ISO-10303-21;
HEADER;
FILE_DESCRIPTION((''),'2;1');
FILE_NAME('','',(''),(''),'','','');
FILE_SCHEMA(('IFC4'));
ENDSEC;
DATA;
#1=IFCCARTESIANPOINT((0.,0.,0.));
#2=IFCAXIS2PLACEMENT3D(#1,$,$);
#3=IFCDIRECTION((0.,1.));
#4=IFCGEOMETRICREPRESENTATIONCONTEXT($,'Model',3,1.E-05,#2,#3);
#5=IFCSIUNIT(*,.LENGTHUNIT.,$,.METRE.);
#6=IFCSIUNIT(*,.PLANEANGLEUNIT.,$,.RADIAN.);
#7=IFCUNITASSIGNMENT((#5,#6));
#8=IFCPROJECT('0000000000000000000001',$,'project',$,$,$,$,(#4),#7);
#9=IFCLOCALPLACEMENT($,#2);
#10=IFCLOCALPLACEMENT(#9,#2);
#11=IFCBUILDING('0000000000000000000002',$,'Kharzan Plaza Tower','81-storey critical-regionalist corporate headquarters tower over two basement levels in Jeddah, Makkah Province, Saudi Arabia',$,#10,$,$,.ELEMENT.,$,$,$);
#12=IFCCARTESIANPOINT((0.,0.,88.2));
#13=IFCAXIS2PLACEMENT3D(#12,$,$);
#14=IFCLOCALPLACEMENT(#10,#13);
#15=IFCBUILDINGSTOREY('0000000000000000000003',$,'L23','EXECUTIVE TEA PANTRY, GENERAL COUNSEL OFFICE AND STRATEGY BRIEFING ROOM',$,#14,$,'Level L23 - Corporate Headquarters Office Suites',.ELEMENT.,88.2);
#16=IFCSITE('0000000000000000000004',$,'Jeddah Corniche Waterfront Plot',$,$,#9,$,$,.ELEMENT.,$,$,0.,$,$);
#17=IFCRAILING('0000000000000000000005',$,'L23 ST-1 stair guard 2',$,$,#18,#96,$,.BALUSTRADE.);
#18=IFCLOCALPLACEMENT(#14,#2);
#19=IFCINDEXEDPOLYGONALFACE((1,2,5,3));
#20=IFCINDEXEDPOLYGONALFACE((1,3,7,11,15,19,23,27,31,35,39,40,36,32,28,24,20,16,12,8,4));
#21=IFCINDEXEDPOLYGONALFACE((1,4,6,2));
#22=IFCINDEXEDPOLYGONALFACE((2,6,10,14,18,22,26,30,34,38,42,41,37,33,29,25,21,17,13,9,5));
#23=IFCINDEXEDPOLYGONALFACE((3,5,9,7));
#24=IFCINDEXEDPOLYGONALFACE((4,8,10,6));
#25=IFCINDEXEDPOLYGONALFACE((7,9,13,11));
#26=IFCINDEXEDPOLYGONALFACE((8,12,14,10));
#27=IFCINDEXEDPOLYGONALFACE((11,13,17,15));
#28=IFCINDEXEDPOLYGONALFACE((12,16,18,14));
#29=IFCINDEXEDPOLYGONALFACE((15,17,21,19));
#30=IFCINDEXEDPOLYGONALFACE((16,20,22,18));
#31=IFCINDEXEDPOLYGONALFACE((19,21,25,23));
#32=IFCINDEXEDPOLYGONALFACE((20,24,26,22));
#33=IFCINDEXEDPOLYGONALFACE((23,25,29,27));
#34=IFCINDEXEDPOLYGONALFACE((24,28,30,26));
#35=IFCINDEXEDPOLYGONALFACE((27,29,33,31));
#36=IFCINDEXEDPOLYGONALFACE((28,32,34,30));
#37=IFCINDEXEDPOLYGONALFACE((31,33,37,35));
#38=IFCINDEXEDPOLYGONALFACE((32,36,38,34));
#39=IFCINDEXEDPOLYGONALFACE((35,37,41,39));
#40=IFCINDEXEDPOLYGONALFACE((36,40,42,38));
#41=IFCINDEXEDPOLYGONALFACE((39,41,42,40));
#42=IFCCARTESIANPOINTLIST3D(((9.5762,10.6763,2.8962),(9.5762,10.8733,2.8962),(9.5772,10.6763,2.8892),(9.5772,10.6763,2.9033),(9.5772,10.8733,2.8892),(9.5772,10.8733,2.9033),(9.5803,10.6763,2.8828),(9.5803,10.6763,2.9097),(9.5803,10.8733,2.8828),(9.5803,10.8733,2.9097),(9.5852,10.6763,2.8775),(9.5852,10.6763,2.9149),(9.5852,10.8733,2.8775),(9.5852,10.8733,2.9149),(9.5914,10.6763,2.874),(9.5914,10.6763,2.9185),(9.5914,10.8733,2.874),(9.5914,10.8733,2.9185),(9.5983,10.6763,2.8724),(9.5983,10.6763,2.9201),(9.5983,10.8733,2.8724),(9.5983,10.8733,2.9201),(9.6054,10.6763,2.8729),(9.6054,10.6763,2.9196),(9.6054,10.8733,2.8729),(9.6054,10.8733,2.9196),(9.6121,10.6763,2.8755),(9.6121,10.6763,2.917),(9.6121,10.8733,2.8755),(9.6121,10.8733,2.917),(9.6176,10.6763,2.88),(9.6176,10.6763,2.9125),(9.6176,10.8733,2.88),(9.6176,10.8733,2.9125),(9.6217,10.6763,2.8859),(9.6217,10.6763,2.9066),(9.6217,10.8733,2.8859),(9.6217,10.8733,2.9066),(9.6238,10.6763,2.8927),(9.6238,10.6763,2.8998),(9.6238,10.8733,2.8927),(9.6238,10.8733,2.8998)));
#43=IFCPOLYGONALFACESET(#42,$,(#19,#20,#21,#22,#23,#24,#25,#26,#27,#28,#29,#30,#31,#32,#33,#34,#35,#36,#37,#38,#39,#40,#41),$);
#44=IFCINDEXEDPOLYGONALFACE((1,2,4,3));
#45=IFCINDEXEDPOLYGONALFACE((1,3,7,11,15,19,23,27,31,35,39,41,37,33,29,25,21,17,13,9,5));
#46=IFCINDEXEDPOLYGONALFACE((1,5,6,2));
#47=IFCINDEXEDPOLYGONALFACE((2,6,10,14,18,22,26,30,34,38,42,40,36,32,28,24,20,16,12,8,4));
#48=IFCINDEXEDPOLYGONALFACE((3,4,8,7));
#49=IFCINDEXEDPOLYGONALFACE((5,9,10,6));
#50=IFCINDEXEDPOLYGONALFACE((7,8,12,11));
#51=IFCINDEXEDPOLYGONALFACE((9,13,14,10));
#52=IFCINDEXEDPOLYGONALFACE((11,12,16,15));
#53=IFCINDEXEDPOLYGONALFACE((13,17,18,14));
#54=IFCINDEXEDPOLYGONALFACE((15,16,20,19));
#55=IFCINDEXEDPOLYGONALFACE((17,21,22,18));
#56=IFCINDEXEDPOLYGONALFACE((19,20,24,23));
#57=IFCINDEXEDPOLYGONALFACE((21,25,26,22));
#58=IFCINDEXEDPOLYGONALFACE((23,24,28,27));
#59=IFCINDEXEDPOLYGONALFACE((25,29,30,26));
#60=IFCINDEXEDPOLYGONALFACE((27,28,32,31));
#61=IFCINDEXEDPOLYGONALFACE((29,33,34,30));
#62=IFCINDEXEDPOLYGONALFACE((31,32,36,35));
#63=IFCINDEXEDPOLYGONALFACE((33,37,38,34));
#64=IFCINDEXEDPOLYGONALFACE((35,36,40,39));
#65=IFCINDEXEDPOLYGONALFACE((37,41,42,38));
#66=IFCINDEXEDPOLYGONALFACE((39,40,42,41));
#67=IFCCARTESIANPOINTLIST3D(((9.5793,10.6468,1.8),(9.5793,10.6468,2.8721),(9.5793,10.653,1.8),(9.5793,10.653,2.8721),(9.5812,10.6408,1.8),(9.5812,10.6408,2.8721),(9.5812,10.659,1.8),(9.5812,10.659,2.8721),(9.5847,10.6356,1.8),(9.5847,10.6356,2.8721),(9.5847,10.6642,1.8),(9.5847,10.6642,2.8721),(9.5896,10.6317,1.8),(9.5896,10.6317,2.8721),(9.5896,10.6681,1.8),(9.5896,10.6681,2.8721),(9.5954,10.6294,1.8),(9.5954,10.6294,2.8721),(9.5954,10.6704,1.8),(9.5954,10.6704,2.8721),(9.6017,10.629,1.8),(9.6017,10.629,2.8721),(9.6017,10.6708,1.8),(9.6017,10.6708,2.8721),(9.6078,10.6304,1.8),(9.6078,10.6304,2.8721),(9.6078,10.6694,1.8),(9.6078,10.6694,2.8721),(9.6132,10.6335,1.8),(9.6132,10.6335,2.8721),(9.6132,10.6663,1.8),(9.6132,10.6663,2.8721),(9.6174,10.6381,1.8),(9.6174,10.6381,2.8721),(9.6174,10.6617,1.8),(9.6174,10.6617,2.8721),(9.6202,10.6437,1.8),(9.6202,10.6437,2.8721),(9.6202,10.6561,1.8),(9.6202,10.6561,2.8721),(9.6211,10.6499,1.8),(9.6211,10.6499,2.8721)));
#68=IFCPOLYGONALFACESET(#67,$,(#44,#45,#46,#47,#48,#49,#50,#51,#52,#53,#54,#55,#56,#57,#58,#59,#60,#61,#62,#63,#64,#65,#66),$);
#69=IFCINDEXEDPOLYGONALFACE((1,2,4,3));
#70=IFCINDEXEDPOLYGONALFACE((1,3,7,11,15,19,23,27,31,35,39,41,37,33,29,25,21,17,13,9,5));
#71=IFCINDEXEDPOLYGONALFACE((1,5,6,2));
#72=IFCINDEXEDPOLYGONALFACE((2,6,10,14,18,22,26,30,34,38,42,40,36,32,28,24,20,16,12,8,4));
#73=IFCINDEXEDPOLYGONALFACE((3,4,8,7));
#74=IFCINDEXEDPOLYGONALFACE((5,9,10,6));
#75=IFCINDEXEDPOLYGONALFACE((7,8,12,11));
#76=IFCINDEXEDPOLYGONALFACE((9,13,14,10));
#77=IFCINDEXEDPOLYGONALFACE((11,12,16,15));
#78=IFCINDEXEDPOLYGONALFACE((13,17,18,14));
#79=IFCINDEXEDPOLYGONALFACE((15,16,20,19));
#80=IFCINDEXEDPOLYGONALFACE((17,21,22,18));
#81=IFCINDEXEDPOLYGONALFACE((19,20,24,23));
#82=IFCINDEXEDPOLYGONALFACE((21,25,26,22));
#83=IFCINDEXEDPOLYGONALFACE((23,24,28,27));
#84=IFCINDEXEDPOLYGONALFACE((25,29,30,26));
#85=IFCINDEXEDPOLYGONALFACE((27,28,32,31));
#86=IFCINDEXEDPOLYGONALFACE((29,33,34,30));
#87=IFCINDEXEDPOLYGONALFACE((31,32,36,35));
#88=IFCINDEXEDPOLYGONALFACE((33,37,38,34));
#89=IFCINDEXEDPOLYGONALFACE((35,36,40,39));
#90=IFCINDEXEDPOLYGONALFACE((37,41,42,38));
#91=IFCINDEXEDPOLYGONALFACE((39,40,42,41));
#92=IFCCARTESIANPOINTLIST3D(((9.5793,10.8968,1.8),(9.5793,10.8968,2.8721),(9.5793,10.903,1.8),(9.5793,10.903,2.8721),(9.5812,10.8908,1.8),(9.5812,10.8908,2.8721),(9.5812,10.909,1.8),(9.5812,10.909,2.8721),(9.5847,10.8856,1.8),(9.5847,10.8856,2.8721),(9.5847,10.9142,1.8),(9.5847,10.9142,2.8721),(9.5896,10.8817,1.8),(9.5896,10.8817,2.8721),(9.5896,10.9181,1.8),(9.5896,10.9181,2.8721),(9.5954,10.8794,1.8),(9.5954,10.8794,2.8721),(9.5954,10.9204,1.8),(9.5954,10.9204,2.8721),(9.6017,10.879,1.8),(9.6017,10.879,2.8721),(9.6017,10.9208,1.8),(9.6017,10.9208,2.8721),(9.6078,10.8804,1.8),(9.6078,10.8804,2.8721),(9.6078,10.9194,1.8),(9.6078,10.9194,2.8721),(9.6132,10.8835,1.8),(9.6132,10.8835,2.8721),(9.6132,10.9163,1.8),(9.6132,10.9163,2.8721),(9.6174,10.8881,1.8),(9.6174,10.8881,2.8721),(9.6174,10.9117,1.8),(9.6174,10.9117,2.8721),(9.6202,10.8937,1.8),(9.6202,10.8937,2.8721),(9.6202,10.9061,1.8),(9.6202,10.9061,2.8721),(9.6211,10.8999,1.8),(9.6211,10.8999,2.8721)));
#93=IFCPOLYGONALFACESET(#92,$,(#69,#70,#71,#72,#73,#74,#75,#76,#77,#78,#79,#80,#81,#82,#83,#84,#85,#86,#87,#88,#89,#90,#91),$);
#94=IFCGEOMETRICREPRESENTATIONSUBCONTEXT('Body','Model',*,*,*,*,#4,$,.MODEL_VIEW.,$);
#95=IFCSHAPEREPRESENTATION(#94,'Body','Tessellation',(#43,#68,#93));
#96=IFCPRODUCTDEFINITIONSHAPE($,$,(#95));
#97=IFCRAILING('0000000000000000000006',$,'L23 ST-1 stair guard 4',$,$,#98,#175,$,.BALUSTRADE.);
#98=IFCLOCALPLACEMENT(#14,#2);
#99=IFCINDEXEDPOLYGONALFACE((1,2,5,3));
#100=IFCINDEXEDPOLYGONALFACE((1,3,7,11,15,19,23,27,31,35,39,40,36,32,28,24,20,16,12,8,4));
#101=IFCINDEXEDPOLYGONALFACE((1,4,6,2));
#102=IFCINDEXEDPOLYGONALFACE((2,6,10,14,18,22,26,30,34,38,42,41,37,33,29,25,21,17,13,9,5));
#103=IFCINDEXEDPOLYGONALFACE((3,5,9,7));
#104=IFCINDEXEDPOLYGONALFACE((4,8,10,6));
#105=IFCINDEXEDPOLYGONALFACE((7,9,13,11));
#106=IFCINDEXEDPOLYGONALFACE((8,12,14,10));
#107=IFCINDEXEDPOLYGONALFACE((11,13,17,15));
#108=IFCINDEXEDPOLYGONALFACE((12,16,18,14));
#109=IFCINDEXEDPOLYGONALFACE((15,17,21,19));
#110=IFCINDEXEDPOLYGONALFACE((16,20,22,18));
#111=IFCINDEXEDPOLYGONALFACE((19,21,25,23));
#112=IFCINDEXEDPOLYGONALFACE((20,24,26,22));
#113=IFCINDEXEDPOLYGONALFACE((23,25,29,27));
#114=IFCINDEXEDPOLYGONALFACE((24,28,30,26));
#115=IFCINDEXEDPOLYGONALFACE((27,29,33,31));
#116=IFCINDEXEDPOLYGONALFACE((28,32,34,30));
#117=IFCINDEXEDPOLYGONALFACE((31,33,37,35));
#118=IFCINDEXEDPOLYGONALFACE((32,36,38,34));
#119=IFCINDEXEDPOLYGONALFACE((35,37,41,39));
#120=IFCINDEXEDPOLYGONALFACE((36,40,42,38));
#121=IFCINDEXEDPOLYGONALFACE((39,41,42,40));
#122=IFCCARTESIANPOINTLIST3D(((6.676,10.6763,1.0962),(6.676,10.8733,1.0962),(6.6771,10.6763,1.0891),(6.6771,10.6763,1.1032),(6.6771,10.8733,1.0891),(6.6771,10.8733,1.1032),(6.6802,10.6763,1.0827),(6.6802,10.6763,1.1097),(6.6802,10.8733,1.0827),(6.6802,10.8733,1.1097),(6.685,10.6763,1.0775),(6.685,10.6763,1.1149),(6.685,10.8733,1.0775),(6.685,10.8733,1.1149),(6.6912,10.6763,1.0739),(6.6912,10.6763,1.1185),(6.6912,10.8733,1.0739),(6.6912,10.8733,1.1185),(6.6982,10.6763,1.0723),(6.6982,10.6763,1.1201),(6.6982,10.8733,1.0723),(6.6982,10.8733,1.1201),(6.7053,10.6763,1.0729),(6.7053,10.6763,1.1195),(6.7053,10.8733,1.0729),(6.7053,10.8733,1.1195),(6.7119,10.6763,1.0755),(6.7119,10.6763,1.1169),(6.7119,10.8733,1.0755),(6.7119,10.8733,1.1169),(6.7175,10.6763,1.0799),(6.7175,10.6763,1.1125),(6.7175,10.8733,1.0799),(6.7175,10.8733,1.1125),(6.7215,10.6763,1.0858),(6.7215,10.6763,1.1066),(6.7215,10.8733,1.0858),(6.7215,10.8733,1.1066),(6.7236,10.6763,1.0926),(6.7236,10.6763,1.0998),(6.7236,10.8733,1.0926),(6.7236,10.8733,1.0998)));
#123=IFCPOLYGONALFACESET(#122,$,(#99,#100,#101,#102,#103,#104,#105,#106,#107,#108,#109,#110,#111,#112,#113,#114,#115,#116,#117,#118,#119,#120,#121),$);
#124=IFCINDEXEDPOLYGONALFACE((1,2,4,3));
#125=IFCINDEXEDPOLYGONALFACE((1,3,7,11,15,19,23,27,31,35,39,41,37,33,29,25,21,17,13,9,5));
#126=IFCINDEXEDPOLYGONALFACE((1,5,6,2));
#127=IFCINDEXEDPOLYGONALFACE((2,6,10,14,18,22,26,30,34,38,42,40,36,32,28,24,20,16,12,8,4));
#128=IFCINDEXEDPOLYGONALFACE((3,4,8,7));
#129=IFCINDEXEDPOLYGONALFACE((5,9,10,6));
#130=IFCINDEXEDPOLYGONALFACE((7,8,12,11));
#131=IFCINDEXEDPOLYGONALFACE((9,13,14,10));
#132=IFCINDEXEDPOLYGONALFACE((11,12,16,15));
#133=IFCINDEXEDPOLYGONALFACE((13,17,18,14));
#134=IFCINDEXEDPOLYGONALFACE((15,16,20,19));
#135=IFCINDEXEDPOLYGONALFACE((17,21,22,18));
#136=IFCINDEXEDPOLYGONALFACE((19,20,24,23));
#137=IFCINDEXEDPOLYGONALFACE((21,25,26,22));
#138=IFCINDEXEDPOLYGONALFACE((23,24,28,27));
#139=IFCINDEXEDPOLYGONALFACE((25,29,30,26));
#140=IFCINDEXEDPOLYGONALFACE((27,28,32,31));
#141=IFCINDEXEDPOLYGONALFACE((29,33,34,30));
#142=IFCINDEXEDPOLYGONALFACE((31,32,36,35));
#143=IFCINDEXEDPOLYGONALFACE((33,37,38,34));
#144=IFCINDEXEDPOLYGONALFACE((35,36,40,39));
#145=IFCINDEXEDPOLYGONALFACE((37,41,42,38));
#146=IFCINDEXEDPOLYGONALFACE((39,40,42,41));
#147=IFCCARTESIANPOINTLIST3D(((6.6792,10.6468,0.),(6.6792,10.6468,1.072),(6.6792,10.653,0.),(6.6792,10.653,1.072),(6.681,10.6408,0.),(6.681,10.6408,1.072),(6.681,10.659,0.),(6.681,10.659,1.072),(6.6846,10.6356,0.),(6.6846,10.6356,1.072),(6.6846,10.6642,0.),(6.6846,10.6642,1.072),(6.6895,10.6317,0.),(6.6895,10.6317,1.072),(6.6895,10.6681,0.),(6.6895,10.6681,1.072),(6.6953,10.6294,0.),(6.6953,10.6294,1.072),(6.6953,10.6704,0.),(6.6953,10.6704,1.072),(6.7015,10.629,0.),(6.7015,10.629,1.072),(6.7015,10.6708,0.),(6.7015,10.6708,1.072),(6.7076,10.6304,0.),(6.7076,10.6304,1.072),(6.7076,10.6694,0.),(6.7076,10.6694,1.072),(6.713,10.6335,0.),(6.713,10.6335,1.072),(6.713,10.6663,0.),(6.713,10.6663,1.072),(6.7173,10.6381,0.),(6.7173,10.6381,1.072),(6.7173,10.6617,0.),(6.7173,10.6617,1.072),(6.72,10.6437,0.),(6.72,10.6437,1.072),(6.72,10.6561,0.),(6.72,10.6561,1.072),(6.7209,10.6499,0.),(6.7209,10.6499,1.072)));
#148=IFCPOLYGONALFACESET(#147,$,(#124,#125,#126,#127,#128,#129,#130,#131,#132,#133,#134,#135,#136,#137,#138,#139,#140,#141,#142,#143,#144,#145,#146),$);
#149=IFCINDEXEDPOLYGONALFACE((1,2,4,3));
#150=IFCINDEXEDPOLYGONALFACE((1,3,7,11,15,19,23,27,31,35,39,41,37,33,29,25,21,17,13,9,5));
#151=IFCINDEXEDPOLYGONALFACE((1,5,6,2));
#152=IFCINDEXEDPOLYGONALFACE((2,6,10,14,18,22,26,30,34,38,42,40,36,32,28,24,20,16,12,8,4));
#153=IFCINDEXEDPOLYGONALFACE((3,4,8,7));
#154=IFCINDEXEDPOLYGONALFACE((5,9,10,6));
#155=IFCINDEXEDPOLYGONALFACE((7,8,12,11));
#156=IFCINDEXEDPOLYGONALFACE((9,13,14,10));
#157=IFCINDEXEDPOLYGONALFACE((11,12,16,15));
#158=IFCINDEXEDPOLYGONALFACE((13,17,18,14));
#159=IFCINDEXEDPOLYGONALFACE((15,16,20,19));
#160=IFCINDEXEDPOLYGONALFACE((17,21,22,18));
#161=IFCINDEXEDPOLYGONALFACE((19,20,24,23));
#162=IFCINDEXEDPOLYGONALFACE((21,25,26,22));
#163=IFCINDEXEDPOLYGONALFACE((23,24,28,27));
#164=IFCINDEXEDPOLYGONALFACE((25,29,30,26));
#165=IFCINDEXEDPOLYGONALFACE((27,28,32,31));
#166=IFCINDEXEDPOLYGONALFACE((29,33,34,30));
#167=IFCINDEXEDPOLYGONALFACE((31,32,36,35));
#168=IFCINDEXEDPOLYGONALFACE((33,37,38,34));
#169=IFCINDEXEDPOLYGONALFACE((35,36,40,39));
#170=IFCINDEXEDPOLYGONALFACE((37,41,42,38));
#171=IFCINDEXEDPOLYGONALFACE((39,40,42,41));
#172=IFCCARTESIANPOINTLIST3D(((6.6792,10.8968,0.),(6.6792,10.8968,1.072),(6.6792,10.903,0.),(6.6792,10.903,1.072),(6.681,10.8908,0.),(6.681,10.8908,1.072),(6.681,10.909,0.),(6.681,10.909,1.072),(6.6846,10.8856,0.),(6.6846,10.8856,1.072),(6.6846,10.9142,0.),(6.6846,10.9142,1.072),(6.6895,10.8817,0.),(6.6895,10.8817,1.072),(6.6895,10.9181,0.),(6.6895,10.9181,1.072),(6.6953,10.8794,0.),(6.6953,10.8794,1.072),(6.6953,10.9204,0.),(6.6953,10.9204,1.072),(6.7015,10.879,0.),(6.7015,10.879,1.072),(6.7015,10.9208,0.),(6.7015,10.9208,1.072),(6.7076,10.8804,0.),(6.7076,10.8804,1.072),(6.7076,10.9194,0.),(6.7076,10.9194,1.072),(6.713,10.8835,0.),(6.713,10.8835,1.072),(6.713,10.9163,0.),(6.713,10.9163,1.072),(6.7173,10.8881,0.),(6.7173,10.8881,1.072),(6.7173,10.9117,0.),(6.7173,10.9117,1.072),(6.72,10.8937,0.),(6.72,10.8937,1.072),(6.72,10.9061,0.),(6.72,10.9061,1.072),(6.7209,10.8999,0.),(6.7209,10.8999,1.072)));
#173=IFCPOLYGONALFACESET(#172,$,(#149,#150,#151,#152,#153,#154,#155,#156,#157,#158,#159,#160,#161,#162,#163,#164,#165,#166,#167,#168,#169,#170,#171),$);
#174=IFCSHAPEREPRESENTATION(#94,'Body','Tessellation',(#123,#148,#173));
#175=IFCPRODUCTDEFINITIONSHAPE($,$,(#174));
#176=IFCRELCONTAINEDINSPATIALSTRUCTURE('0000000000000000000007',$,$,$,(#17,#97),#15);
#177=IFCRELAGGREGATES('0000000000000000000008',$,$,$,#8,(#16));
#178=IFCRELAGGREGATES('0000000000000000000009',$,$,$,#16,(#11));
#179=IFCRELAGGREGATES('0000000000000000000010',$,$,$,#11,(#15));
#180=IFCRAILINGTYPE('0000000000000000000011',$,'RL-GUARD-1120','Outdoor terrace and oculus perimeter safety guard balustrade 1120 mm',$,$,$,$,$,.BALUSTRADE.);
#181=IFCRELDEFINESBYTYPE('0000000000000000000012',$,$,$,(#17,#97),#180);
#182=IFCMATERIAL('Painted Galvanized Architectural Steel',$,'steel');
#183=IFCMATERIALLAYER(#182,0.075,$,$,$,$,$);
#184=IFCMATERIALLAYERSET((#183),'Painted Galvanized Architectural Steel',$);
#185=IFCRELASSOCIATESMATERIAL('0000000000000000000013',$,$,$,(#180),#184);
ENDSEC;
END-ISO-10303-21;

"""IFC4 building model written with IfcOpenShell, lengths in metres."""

from ifc_helpers import new_model, si_unit, direction, frame, origin, origin_2d, place, context, subcontext, project, spatial, circle, extrude, source, transform, mapped, material, layer, layer_set, type_object, element, save


model = new_model("IFC4")

# Units and contexts
model_context = context("Model", 3, precision=1e-05, world=origin(), true_north=direction((0.0, 1.0)))
body_context = subcontext(model_context, "Body", "Model", "MODEL_VIEW")
ifc_project = project(units=[si_unit("LENGTHUNIT", "METRE"), si_unit("PLANEANGLEUNIT", "RADIAN")], contexts=[model_context])

# Site, building, storey
site_placement = place(None, origin())
site = spatial("IfcSite", under=ifc_project, at=site_placement, Name="Jeddah Corniche Waterfront Plot", CompositionType="ELEMENT", RefElevation=0.0)
building_placement = place(site_placement, origin())
building = spatial("IfcBuilding", under=site, at=building_placement, Name="Kharzan Plaza Tower", Description="81-storey critical-regionalist corporate headquarters tower over two basement levels in Jeddah, Makkah Province, Saudi Arabia", CompositionType="ELEMENT")
storey_placement = place(building_placement, frame((0.0, 0.0, 88.2)))
storey = spatial("IfcBuildingStorey", under=building, at=storey_placement, Name="L23", Description="EXECUTIVE TEA PANTRY, GENERAL COUNSEL OFFICE AND STRATEGY BRIEFING ROOM", LongName="Level L23 - Corporate Headquarters Office Suites", CompositionType="ELEMENT", Elevation=88.2)

# Railings
ifc_material_1 = material(Name="Painted Galvanized Architectural Steel", Category="steel")
ifc_layer_1 = layer(ifc_material_1, 0.075)
ifc_layer_set_1 = layer_set([ifc_layer_1], Name="Painted Galvanized Architectural Steel")
railing_type_1 = type_object("IfcRailingType", Name="RL-GUARD-1120", Description="Outdoor terrace and oculus perimeter safety guard balustrade 1120 mm", PredefinedType="BALUSTRADE", material=ifc_layer_set_1)
shared_shape_1 = source(origin(), body_context, "Body", "SweptSolid", [
    extrude(circle(Radius=0.0239, at=origin_2d()), frame((0.0, 0.0264, 1.0962), z_axis=(0.0, 1.0, 0.0), x_axis=(-1.0, 0.0, 0.0)), (0.0, 0.0, 1.0), 0.197),
    extrude(circle(Radius=0.021, at=origin_2d()), origin(), (0.0, 0.0, 1.0), 1.072),
    extrude(circle(Radius=0.021, at=origin_2d()), frame((0.0, 0.25, 0.0)), (0.0, 0.0, 1.0), 1.072),
])
for number, where, name in (
    (1, (9.6001, 10.6499, 1.8), "L23 ST-1 stair guard 2"),
    (2, (6.7, 10.6499, 0.0), "L23 ST-1 stair guard 4"),
):
    element("IfcRailing", number, at=place(storey_placement, frame(where)), inside=storey, type_object=railing_type_1, Name=name, PredefinedType="BALUSTRADE", context=body_context, shape_type="MappedRepresentation", body=[
        mapped(shared_shape_1, transform((0.0, 0.0, 0.0), x_axis=(1.0, 0.0, 0.0), y_axis=(0.0, 1.0, 0.0), z_axis=(0.0, 0.0, 1.0))),
    ])

save(model, "model.ifc")
